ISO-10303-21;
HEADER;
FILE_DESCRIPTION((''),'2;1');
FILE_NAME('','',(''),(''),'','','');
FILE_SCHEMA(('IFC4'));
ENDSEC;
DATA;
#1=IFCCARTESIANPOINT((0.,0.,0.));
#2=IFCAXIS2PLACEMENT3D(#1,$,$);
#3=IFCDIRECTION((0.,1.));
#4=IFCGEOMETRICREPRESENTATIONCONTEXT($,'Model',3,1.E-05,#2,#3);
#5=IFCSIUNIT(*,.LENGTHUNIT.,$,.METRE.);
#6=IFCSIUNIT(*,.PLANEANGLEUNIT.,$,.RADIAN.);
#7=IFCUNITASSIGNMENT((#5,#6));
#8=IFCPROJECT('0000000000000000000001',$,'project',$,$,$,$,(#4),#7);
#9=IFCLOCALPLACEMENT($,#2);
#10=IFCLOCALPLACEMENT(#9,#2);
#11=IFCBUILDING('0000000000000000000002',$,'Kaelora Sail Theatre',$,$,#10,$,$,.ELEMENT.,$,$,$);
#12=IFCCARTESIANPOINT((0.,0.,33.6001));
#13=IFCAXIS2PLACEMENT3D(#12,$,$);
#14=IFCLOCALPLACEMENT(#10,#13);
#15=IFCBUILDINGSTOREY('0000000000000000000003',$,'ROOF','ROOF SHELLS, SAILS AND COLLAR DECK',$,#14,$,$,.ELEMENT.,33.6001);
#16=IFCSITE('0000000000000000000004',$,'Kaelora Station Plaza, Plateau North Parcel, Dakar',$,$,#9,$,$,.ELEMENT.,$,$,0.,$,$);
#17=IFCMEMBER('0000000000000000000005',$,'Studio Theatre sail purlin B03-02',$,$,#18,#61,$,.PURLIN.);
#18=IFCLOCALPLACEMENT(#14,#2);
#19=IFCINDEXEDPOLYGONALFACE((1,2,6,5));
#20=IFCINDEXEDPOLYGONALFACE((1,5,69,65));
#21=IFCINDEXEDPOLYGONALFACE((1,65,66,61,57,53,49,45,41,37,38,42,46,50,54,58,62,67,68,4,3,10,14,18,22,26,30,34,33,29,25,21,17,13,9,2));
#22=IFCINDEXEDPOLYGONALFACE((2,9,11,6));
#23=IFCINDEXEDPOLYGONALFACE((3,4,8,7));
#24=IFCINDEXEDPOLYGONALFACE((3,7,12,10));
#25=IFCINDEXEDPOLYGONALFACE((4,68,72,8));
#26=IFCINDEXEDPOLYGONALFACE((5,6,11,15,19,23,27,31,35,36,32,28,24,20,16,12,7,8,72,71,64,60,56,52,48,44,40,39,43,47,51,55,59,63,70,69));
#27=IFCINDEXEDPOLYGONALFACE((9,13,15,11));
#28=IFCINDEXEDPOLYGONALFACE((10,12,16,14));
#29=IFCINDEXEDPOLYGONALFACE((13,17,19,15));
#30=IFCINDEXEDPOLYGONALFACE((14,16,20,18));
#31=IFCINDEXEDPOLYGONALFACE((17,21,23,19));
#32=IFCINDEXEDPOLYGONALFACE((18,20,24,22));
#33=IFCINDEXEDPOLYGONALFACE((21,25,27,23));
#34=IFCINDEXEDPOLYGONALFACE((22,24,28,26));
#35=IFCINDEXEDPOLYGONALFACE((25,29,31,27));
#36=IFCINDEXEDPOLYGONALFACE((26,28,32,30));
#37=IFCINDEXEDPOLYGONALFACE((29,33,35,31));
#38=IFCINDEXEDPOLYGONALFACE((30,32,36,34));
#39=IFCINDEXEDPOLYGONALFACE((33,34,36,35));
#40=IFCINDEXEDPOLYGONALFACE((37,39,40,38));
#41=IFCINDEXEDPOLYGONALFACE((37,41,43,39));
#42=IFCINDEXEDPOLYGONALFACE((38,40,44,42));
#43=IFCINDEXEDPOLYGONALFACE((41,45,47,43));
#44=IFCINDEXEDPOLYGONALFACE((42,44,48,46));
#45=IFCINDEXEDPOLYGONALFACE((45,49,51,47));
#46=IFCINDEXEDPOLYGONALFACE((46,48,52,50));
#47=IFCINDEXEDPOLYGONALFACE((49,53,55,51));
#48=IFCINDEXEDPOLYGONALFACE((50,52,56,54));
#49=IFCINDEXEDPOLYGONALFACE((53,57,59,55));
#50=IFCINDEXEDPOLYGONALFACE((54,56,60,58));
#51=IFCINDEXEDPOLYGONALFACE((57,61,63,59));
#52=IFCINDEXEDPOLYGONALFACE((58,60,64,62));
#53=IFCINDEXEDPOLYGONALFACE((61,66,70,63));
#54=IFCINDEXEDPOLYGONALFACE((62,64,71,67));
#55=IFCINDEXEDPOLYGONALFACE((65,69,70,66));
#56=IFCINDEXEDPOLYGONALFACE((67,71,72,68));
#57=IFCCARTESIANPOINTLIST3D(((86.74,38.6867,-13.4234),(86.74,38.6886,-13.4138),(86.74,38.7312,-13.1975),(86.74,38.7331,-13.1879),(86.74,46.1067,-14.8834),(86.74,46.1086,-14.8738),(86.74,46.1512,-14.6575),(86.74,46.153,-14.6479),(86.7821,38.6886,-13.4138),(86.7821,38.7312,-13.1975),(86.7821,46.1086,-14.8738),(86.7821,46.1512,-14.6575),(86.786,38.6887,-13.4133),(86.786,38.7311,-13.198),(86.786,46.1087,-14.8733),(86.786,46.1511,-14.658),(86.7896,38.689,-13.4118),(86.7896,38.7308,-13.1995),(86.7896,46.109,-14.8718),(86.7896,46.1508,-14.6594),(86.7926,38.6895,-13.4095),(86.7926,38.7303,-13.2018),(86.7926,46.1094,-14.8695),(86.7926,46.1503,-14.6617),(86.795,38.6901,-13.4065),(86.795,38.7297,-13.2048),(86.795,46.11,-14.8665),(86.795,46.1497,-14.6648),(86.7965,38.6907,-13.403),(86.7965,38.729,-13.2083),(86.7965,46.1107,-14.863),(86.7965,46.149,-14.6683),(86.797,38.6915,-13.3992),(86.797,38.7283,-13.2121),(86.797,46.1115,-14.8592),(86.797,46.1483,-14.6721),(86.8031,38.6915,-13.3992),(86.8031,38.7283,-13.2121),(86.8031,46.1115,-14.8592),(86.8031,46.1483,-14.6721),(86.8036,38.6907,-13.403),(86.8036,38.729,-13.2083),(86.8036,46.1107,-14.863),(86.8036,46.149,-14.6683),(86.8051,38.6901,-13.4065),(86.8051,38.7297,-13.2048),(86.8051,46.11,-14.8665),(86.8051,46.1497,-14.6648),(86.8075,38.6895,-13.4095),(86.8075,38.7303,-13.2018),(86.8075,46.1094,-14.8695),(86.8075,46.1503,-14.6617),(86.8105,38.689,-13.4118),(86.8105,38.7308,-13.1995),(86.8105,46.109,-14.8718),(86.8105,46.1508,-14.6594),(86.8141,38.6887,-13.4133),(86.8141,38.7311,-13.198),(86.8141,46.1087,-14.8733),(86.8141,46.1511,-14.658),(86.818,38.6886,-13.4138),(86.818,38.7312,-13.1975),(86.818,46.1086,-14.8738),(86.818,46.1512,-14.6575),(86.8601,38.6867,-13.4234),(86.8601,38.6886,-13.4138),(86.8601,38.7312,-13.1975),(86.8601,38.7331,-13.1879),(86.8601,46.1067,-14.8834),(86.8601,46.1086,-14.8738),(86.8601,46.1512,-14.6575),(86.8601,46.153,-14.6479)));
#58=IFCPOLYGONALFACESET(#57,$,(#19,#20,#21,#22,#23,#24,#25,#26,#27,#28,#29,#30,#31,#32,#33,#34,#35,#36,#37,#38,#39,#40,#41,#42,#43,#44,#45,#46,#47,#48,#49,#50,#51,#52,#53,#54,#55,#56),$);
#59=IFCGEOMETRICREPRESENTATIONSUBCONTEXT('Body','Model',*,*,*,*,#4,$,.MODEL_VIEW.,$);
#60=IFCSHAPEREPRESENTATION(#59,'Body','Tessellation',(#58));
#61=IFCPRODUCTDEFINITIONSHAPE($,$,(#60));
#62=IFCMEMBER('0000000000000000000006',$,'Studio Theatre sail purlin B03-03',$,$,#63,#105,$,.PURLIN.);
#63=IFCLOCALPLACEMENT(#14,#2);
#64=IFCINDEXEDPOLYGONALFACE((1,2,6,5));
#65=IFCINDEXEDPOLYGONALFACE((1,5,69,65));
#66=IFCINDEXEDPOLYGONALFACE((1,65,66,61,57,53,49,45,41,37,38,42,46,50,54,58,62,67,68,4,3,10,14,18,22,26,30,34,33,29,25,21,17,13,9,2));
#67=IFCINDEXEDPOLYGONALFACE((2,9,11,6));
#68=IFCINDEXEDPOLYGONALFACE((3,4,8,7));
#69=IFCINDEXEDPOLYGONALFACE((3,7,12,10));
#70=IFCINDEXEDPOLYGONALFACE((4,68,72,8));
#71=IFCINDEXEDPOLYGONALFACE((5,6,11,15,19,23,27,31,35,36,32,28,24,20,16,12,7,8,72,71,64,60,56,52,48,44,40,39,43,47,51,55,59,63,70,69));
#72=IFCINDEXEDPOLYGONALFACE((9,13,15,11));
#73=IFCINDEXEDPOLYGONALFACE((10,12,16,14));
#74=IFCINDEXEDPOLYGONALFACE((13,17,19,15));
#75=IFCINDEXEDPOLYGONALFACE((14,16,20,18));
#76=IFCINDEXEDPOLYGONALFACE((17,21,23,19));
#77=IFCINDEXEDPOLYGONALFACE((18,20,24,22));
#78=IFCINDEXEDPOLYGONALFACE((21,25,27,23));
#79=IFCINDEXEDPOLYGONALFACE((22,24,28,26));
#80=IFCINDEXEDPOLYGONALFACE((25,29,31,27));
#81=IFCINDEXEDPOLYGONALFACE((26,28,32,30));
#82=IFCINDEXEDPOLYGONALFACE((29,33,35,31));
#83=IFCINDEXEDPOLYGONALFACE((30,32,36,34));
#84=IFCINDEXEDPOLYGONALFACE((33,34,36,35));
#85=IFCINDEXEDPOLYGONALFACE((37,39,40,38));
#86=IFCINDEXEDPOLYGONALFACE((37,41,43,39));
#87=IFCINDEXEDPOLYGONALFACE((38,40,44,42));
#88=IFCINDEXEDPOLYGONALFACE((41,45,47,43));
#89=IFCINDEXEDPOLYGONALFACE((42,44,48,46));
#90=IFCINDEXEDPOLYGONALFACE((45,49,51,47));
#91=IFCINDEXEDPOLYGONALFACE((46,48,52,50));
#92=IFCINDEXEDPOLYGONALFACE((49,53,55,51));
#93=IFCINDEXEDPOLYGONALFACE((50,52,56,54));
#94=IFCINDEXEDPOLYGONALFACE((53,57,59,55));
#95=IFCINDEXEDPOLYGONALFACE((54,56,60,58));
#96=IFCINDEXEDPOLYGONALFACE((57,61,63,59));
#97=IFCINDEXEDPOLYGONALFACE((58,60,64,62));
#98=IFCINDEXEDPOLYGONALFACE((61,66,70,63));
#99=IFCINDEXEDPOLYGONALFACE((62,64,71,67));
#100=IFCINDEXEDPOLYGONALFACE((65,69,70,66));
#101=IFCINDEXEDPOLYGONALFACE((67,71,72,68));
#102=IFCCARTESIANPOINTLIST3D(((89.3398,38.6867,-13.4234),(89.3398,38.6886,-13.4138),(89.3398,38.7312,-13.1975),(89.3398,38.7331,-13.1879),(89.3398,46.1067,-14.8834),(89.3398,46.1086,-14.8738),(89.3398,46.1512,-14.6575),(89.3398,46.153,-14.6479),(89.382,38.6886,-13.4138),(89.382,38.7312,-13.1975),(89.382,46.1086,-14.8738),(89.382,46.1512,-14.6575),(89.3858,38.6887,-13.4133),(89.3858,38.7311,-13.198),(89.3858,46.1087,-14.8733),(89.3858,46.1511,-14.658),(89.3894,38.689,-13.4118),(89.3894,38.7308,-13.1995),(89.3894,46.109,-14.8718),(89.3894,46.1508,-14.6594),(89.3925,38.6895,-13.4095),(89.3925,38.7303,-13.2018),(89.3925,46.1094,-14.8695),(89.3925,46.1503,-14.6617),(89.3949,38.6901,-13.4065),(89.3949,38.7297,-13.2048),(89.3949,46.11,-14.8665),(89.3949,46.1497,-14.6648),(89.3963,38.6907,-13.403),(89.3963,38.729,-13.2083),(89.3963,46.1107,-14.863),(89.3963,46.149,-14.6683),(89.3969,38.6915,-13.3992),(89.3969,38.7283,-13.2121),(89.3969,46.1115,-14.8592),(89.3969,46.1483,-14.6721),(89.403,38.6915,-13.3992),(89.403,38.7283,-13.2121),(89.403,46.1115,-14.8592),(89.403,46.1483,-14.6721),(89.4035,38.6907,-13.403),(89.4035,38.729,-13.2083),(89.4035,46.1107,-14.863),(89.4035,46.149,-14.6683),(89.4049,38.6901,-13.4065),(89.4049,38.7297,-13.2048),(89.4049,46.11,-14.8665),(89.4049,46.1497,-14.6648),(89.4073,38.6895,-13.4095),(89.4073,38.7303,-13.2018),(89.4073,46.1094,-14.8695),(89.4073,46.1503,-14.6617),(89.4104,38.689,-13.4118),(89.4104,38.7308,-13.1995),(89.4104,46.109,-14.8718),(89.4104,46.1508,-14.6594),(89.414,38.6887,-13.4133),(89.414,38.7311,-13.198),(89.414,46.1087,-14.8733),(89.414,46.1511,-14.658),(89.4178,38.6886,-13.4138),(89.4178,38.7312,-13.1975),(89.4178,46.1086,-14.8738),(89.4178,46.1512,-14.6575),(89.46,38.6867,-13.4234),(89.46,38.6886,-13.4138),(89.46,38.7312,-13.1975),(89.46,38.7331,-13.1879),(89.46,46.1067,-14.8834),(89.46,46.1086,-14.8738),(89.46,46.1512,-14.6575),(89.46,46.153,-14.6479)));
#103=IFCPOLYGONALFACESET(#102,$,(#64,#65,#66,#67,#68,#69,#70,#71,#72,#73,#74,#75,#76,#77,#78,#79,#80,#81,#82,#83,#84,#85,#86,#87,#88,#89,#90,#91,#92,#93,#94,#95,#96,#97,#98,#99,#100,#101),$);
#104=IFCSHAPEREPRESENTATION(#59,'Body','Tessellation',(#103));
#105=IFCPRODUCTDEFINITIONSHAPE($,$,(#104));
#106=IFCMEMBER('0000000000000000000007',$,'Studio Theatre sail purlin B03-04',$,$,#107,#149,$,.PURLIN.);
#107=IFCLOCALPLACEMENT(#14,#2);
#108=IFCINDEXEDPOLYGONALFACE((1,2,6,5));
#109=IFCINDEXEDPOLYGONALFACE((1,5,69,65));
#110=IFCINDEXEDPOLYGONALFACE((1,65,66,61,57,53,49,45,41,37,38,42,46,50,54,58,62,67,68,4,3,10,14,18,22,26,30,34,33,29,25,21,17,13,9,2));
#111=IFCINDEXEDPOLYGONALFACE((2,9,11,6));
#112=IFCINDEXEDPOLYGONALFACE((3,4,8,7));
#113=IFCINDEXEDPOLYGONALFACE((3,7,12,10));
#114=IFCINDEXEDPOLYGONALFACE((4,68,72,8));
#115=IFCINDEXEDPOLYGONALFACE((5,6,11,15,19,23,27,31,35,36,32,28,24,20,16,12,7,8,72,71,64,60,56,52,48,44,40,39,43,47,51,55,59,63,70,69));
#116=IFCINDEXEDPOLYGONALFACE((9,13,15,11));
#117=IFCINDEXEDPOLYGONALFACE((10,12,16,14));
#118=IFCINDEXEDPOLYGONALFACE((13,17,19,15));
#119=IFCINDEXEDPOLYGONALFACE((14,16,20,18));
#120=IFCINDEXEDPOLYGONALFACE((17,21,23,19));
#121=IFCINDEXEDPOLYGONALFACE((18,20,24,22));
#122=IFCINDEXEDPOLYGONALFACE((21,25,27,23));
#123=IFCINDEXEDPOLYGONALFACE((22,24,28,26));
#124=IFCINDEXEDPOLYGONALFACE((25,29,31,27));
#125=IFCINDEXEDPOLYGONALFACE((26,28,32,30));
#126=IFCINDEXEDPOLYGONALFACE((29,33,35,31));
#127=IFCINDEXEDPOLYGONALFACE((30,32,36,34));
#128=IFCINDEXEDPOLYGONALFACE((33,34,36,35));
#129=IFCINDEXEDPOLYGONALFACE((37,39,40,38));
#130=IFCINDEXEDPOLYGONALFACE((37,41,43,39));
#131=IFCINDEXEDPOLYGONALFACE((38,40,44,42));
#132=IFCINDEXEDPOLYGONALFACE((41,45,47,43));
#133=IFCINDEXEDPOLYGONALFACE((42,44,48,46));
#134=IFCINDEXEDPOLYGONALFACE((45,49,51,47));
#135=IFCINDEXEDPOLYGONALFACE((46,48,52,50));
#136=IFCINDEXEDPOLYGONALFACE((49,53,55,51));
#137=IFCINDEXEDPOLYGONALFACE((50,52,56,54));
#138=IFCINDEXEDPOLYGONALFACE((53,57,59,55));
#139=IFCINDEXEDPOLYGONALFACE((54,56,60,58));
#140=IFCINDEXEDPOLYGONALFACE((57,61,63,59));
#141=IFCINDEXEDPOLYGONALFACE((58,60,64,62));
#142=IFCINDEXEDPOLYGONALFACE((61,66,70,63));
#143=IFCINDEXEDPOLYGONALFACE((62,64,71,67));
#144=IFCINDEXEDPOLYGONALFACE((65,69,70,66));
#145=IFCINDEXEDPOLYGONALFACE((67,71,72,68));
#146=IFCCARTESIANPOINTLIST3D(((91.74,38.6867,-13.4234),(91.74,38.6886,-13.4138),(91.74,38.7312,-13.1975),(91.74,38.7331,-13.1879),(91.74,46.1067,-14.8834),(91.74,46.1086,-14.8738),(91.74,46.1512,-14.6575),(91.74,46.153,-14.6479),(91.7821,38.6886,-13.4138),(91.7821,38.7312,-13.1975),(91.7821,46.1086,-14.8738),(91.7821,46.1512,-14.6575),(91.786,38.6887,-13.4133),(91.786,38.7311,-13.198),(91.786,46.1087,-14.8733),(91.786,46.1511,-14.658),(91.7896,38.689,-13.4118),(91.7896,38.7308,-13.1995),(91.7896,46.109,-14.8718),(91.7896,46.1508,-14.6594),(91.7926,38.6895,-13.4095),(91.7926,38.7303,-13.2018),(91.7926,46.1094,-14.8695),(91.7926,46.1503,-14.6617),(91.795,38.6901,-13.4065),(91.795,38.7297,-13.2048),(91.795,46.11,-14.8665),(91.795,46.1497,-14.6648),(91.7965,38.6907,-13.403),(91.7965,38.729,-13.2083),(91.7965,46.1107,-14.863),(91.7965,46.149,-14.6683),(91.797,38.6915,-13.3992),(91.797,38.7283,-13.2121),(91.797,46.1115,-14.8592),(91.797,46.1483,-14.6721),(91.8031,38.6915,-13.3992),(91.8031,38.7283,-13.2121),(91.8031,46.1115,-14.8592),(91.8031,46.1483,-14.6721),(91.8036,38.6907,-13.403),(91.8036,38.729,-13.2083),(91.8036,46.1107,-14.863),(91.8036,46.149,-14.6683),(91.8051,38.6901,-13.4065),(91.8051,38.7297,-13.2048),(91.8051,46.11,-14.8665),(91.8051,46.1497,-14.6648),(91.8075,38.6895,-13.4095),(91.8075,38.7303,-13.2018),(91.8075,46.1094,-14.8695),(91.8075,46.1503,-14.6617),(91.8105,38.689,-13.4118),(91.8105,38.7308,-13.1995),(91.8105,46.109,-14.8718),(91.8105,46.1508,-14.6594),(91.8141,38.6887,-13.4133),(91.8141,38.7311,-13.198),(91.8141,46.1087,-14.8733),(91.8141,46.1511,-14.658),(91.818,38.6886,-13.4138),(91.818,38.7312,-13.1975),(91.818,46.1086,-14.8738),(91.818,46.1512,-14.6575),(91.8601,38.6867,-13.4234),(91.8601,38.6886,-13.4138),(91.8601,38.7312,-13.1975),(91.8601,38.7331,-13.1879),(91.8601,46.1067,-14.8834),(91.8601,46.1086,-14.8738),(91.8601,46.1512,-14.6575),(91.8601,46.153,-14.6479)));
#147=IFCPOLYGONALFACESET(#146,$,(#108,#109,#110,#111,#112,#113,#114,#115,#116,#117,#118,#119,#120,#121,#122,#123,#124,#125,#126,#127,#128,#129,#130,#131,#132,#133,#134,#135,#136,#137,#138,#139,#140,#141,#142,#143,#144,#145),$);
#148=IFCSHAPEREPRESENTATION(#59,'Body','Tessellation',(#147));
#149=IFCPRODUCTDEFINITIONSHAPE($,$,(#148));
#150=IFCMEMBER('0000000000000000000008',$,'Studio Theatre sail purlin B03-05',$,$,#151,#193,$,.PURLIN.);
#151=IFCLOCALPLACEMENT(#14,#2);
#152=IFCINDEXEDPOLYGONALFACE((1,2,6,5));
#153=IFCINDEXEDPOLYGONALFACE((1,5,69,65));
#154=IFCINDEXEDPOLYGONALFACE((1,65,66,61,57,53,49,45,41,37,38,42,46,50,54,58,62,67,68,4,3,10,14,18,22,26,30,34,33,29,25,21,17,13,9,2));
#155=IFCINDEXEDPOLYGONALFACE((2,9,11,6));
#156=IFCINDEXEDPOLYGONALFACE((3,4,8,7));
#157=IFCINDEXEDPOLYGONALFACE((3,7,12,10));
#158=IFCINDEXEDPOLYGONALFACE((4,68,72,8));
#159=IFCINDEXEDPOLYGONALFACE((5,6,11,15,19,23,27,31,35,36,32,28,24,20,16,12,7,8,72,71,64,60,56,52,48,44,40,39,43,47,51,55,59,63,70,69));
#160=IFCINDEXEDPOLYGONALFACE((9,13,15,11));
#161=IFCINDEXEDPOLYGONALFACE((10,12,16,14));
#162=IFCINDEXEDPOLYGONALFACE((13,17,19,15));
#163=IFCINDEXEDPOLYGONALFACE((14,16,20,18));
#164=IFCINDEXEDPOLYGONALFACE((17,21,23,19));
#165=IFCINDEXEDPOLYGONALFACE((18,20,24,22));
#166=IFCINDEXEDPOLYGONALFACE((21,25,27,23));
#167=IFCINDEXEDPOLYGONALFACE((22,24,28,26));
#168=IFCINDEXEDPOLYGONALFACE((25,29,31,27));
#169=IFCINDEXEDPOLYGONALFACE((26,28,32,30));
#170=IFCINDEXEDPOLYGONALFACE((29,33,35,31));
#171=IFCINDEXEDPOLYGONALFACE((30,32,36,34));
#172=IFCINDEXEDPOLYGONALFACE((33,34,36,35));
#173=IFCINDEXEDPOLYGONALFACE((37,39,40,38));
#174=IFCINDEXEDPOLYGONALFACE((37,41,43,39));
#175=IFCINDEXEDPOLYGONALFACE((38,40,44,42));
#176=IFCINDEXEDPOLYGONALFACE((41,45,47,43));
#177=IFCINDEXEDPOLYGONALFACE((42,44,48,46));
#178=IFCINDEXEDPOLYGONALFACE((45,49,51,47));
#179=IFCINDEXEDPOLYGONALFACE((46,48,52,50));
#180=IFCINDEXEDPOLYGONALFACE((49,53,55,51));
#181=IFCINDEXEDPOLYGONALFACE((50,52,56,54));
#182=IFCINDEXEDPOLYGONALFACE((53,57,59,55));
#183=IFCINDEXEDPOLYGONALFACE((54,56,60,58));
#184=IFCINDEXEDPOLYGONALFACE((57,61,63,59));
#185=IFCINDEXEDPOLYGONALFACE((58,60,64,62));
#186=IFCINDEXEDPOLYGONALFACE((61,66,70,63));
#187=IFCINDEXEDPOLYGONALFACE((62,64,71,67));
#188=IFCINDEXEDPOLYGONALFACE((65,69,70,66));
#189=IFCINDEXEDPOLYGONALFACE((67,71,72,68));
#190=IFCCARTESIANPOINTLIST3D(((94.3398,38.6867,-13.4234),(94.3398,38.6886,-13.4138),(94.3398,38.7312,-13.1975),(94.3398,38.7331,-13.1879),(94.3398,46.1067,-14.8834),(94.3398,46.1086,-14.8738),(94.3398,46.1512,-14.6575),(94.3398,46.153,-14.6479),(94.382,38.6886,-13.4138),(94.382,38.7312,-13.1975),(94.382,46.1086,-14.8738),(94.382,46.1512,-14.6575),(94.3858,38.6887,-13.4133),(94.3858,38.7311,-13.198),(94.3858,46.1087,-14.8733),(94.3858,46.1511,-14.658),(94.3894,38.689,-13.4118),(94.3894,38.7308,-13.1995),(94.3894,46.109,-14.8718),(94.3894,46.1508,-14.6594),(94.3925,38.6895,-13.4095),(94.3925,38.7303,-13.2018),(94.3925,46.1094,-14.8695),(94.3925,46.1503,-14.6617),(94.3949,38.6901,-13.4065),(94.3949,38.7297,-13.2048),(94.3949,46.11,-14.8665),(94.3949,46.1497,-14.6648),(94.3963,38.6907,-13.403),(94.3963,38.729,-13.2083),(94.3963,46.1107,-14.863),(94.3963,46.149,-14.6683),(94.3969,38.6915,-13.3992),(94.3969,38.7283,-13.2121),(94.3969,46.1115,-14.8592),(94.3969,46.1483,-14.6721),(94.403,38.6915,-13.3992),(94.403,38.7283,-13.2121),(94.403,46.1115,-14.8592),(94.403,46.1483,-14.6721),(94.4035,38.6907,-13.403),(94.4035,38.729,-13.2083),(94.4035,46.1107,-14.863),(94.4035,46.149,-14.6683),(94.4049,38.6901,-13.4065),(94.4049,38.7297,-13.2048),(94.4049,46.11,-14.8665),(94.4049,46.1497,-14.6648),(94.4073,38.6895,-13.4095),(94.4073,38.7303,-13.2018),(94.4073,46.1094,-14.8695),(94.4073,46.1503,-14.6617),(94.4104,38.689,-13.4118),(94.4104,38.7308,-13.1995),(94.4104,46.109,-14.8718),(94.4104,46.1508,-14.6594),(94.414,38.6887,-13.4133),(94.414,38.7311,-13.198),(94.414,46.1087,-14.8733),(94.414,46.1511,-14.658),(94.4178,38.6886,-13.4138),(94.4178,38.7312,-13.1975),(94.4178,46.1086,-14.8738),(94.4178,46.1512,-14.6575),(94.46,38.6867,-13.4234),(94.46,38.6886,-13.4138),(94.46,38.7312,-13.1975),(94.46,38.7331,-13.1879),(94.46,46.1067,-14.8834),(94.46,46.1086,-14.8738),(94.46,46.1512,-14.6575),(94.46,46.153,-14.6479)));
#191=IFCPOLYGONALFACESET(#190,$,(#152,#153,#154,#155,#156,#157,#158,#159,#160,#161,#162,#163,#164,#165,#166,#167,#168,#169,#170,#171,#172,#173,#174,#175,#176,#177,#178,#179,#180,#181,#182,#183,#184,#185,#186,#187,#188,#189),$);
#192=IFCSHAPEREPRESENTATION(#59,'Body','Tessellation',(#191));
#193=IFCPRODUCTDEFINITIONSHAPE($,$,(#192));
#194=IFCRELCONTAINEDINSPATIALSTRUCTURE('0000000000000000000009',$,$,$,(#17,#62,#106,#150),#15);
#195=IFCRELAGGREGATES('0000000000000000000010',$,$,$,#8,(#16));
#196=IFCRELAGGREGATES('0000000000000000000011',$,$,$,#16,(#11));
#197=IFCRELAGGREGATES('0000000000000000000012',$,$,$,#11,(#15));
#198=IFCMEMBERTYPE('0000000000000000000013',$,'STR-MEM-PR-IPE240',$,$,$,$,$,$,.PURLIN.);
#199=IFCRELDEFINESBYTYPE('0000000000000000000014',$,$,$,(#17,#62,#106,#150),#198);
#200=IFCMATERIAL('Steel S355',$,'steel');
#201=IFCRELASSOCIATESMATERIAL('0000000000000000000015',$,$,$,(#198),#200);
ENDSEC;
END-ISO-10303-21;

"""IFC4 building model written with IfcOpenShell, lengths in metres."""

from ifc_helpers import new_model, si_unit, direction, frame, origin, origin_2d, place, context, subcontext, project, spatial, i_section, extrude, material, material_profile, profile_set, type_object, element, save


model = new_model("IFC4")

# Units and contexts
model_context = context("Model", 3, precision=1e-05, world=origin(), true_north=direction((0.0, 1.0)))
body_context = subcontext(model_context, "Body", "Model", "MODEL_VIEW")
ifc_project = project(units=[si_unit("LENGTHUNIT", "METRE"), si_unit("PLANEANGLEUNIT", "RADIAN")], contexts=[model_context])

# Site, building, storey
site_placement = place(None, origin())
site = spatial("IfcSite", under=ifc_project, at=site_placement, Name="Kaelora Station Plaza, Plateau North Parcel, Dakar", CompositionType="ELEMENT", RefElevation=0.0)
building_placement = place(site_placement, origin())
building = spatial("IfcBuilding", under=site, at=building_placement, Name="Kaelora Sail Theatre", CompositionType="ELEMENT")
storey_placement = place(building_placement, frame((0.0, 0.0, 33.6001)))
storey = spatial("IfcBuildingStorey", under=building, at=storey_placement, Name="ROOF", Description="ROOF SHELLS, SAILS AND COLLAR DECK", CompositionType="ELEMENT", Elevation=33.6001)

# Members
ifc_material_1 = material(Name="Steel S355", Category="steel")
ifc_material_profile_1 = material_profile(ifc_material_1, i_section(OverallWidth=0.1201, OverallDepth=0.24, WebThickness=0.0061, FlangeThickness=0.0098, FilletRadius=0.0149, at=origin_2d()), Name="IPE 240")
ifc_profile_set_1 = profile_set([ifc_material_profile_1], Name="Steel S355")
member_type = type_object("IfcMemberType", Name="STR-MEM-PR-IPE240", PredefinedType="PURLIN", material=ifc_profile_set_1)
for number, where, z_axis, x_axis, name in (
    (1, (86.8, 46.1299, -14.7656), (0.0, -0.981187, 0.193061), (1.0, 0.0, 0.0), "Studio Theatre sail purlin B03-02"),
    (2, (89.3999, 46.1299, -14.7656), (0.0, -0.981187, 0.193061), (1.0, 0.0, 0.0), "Studio Theatre sail purlin B03-03"),
    (3, (91.8, 46.1299, -14.7656), (0.0, -0.981187, 0.193061), (1.0, 0.0, 0.0), "Studio Theatre sail purlin B03-04"),
    (4, (94.3999, 46.1299, -14.7656), (0.0, -0.981187, 0.193061), (1.0, 0.0, 0.0), "Studio Theatre sail purlin B03-05"),
):
    element("IfcMember", number, at=place(storey_placement, frame(where, z_axis=z_axis, x_axis=x_axis)), inside=storey, type_object=member_type, Name=name, PredefinedType="PURLIN", context=body_context, shape_type="SweptSolid", body=[
        extrude(i_section(OverallWidth=0.1201, OverallDepth=0.24, WebThickness=0.0061, FlangeThickness=0.0098, FilletRadius=0.0149, at=origin_2d()), origin(), (0.0, 0.0, 1.0), 7.5623),
    ])

save(model, "model.ifc")
